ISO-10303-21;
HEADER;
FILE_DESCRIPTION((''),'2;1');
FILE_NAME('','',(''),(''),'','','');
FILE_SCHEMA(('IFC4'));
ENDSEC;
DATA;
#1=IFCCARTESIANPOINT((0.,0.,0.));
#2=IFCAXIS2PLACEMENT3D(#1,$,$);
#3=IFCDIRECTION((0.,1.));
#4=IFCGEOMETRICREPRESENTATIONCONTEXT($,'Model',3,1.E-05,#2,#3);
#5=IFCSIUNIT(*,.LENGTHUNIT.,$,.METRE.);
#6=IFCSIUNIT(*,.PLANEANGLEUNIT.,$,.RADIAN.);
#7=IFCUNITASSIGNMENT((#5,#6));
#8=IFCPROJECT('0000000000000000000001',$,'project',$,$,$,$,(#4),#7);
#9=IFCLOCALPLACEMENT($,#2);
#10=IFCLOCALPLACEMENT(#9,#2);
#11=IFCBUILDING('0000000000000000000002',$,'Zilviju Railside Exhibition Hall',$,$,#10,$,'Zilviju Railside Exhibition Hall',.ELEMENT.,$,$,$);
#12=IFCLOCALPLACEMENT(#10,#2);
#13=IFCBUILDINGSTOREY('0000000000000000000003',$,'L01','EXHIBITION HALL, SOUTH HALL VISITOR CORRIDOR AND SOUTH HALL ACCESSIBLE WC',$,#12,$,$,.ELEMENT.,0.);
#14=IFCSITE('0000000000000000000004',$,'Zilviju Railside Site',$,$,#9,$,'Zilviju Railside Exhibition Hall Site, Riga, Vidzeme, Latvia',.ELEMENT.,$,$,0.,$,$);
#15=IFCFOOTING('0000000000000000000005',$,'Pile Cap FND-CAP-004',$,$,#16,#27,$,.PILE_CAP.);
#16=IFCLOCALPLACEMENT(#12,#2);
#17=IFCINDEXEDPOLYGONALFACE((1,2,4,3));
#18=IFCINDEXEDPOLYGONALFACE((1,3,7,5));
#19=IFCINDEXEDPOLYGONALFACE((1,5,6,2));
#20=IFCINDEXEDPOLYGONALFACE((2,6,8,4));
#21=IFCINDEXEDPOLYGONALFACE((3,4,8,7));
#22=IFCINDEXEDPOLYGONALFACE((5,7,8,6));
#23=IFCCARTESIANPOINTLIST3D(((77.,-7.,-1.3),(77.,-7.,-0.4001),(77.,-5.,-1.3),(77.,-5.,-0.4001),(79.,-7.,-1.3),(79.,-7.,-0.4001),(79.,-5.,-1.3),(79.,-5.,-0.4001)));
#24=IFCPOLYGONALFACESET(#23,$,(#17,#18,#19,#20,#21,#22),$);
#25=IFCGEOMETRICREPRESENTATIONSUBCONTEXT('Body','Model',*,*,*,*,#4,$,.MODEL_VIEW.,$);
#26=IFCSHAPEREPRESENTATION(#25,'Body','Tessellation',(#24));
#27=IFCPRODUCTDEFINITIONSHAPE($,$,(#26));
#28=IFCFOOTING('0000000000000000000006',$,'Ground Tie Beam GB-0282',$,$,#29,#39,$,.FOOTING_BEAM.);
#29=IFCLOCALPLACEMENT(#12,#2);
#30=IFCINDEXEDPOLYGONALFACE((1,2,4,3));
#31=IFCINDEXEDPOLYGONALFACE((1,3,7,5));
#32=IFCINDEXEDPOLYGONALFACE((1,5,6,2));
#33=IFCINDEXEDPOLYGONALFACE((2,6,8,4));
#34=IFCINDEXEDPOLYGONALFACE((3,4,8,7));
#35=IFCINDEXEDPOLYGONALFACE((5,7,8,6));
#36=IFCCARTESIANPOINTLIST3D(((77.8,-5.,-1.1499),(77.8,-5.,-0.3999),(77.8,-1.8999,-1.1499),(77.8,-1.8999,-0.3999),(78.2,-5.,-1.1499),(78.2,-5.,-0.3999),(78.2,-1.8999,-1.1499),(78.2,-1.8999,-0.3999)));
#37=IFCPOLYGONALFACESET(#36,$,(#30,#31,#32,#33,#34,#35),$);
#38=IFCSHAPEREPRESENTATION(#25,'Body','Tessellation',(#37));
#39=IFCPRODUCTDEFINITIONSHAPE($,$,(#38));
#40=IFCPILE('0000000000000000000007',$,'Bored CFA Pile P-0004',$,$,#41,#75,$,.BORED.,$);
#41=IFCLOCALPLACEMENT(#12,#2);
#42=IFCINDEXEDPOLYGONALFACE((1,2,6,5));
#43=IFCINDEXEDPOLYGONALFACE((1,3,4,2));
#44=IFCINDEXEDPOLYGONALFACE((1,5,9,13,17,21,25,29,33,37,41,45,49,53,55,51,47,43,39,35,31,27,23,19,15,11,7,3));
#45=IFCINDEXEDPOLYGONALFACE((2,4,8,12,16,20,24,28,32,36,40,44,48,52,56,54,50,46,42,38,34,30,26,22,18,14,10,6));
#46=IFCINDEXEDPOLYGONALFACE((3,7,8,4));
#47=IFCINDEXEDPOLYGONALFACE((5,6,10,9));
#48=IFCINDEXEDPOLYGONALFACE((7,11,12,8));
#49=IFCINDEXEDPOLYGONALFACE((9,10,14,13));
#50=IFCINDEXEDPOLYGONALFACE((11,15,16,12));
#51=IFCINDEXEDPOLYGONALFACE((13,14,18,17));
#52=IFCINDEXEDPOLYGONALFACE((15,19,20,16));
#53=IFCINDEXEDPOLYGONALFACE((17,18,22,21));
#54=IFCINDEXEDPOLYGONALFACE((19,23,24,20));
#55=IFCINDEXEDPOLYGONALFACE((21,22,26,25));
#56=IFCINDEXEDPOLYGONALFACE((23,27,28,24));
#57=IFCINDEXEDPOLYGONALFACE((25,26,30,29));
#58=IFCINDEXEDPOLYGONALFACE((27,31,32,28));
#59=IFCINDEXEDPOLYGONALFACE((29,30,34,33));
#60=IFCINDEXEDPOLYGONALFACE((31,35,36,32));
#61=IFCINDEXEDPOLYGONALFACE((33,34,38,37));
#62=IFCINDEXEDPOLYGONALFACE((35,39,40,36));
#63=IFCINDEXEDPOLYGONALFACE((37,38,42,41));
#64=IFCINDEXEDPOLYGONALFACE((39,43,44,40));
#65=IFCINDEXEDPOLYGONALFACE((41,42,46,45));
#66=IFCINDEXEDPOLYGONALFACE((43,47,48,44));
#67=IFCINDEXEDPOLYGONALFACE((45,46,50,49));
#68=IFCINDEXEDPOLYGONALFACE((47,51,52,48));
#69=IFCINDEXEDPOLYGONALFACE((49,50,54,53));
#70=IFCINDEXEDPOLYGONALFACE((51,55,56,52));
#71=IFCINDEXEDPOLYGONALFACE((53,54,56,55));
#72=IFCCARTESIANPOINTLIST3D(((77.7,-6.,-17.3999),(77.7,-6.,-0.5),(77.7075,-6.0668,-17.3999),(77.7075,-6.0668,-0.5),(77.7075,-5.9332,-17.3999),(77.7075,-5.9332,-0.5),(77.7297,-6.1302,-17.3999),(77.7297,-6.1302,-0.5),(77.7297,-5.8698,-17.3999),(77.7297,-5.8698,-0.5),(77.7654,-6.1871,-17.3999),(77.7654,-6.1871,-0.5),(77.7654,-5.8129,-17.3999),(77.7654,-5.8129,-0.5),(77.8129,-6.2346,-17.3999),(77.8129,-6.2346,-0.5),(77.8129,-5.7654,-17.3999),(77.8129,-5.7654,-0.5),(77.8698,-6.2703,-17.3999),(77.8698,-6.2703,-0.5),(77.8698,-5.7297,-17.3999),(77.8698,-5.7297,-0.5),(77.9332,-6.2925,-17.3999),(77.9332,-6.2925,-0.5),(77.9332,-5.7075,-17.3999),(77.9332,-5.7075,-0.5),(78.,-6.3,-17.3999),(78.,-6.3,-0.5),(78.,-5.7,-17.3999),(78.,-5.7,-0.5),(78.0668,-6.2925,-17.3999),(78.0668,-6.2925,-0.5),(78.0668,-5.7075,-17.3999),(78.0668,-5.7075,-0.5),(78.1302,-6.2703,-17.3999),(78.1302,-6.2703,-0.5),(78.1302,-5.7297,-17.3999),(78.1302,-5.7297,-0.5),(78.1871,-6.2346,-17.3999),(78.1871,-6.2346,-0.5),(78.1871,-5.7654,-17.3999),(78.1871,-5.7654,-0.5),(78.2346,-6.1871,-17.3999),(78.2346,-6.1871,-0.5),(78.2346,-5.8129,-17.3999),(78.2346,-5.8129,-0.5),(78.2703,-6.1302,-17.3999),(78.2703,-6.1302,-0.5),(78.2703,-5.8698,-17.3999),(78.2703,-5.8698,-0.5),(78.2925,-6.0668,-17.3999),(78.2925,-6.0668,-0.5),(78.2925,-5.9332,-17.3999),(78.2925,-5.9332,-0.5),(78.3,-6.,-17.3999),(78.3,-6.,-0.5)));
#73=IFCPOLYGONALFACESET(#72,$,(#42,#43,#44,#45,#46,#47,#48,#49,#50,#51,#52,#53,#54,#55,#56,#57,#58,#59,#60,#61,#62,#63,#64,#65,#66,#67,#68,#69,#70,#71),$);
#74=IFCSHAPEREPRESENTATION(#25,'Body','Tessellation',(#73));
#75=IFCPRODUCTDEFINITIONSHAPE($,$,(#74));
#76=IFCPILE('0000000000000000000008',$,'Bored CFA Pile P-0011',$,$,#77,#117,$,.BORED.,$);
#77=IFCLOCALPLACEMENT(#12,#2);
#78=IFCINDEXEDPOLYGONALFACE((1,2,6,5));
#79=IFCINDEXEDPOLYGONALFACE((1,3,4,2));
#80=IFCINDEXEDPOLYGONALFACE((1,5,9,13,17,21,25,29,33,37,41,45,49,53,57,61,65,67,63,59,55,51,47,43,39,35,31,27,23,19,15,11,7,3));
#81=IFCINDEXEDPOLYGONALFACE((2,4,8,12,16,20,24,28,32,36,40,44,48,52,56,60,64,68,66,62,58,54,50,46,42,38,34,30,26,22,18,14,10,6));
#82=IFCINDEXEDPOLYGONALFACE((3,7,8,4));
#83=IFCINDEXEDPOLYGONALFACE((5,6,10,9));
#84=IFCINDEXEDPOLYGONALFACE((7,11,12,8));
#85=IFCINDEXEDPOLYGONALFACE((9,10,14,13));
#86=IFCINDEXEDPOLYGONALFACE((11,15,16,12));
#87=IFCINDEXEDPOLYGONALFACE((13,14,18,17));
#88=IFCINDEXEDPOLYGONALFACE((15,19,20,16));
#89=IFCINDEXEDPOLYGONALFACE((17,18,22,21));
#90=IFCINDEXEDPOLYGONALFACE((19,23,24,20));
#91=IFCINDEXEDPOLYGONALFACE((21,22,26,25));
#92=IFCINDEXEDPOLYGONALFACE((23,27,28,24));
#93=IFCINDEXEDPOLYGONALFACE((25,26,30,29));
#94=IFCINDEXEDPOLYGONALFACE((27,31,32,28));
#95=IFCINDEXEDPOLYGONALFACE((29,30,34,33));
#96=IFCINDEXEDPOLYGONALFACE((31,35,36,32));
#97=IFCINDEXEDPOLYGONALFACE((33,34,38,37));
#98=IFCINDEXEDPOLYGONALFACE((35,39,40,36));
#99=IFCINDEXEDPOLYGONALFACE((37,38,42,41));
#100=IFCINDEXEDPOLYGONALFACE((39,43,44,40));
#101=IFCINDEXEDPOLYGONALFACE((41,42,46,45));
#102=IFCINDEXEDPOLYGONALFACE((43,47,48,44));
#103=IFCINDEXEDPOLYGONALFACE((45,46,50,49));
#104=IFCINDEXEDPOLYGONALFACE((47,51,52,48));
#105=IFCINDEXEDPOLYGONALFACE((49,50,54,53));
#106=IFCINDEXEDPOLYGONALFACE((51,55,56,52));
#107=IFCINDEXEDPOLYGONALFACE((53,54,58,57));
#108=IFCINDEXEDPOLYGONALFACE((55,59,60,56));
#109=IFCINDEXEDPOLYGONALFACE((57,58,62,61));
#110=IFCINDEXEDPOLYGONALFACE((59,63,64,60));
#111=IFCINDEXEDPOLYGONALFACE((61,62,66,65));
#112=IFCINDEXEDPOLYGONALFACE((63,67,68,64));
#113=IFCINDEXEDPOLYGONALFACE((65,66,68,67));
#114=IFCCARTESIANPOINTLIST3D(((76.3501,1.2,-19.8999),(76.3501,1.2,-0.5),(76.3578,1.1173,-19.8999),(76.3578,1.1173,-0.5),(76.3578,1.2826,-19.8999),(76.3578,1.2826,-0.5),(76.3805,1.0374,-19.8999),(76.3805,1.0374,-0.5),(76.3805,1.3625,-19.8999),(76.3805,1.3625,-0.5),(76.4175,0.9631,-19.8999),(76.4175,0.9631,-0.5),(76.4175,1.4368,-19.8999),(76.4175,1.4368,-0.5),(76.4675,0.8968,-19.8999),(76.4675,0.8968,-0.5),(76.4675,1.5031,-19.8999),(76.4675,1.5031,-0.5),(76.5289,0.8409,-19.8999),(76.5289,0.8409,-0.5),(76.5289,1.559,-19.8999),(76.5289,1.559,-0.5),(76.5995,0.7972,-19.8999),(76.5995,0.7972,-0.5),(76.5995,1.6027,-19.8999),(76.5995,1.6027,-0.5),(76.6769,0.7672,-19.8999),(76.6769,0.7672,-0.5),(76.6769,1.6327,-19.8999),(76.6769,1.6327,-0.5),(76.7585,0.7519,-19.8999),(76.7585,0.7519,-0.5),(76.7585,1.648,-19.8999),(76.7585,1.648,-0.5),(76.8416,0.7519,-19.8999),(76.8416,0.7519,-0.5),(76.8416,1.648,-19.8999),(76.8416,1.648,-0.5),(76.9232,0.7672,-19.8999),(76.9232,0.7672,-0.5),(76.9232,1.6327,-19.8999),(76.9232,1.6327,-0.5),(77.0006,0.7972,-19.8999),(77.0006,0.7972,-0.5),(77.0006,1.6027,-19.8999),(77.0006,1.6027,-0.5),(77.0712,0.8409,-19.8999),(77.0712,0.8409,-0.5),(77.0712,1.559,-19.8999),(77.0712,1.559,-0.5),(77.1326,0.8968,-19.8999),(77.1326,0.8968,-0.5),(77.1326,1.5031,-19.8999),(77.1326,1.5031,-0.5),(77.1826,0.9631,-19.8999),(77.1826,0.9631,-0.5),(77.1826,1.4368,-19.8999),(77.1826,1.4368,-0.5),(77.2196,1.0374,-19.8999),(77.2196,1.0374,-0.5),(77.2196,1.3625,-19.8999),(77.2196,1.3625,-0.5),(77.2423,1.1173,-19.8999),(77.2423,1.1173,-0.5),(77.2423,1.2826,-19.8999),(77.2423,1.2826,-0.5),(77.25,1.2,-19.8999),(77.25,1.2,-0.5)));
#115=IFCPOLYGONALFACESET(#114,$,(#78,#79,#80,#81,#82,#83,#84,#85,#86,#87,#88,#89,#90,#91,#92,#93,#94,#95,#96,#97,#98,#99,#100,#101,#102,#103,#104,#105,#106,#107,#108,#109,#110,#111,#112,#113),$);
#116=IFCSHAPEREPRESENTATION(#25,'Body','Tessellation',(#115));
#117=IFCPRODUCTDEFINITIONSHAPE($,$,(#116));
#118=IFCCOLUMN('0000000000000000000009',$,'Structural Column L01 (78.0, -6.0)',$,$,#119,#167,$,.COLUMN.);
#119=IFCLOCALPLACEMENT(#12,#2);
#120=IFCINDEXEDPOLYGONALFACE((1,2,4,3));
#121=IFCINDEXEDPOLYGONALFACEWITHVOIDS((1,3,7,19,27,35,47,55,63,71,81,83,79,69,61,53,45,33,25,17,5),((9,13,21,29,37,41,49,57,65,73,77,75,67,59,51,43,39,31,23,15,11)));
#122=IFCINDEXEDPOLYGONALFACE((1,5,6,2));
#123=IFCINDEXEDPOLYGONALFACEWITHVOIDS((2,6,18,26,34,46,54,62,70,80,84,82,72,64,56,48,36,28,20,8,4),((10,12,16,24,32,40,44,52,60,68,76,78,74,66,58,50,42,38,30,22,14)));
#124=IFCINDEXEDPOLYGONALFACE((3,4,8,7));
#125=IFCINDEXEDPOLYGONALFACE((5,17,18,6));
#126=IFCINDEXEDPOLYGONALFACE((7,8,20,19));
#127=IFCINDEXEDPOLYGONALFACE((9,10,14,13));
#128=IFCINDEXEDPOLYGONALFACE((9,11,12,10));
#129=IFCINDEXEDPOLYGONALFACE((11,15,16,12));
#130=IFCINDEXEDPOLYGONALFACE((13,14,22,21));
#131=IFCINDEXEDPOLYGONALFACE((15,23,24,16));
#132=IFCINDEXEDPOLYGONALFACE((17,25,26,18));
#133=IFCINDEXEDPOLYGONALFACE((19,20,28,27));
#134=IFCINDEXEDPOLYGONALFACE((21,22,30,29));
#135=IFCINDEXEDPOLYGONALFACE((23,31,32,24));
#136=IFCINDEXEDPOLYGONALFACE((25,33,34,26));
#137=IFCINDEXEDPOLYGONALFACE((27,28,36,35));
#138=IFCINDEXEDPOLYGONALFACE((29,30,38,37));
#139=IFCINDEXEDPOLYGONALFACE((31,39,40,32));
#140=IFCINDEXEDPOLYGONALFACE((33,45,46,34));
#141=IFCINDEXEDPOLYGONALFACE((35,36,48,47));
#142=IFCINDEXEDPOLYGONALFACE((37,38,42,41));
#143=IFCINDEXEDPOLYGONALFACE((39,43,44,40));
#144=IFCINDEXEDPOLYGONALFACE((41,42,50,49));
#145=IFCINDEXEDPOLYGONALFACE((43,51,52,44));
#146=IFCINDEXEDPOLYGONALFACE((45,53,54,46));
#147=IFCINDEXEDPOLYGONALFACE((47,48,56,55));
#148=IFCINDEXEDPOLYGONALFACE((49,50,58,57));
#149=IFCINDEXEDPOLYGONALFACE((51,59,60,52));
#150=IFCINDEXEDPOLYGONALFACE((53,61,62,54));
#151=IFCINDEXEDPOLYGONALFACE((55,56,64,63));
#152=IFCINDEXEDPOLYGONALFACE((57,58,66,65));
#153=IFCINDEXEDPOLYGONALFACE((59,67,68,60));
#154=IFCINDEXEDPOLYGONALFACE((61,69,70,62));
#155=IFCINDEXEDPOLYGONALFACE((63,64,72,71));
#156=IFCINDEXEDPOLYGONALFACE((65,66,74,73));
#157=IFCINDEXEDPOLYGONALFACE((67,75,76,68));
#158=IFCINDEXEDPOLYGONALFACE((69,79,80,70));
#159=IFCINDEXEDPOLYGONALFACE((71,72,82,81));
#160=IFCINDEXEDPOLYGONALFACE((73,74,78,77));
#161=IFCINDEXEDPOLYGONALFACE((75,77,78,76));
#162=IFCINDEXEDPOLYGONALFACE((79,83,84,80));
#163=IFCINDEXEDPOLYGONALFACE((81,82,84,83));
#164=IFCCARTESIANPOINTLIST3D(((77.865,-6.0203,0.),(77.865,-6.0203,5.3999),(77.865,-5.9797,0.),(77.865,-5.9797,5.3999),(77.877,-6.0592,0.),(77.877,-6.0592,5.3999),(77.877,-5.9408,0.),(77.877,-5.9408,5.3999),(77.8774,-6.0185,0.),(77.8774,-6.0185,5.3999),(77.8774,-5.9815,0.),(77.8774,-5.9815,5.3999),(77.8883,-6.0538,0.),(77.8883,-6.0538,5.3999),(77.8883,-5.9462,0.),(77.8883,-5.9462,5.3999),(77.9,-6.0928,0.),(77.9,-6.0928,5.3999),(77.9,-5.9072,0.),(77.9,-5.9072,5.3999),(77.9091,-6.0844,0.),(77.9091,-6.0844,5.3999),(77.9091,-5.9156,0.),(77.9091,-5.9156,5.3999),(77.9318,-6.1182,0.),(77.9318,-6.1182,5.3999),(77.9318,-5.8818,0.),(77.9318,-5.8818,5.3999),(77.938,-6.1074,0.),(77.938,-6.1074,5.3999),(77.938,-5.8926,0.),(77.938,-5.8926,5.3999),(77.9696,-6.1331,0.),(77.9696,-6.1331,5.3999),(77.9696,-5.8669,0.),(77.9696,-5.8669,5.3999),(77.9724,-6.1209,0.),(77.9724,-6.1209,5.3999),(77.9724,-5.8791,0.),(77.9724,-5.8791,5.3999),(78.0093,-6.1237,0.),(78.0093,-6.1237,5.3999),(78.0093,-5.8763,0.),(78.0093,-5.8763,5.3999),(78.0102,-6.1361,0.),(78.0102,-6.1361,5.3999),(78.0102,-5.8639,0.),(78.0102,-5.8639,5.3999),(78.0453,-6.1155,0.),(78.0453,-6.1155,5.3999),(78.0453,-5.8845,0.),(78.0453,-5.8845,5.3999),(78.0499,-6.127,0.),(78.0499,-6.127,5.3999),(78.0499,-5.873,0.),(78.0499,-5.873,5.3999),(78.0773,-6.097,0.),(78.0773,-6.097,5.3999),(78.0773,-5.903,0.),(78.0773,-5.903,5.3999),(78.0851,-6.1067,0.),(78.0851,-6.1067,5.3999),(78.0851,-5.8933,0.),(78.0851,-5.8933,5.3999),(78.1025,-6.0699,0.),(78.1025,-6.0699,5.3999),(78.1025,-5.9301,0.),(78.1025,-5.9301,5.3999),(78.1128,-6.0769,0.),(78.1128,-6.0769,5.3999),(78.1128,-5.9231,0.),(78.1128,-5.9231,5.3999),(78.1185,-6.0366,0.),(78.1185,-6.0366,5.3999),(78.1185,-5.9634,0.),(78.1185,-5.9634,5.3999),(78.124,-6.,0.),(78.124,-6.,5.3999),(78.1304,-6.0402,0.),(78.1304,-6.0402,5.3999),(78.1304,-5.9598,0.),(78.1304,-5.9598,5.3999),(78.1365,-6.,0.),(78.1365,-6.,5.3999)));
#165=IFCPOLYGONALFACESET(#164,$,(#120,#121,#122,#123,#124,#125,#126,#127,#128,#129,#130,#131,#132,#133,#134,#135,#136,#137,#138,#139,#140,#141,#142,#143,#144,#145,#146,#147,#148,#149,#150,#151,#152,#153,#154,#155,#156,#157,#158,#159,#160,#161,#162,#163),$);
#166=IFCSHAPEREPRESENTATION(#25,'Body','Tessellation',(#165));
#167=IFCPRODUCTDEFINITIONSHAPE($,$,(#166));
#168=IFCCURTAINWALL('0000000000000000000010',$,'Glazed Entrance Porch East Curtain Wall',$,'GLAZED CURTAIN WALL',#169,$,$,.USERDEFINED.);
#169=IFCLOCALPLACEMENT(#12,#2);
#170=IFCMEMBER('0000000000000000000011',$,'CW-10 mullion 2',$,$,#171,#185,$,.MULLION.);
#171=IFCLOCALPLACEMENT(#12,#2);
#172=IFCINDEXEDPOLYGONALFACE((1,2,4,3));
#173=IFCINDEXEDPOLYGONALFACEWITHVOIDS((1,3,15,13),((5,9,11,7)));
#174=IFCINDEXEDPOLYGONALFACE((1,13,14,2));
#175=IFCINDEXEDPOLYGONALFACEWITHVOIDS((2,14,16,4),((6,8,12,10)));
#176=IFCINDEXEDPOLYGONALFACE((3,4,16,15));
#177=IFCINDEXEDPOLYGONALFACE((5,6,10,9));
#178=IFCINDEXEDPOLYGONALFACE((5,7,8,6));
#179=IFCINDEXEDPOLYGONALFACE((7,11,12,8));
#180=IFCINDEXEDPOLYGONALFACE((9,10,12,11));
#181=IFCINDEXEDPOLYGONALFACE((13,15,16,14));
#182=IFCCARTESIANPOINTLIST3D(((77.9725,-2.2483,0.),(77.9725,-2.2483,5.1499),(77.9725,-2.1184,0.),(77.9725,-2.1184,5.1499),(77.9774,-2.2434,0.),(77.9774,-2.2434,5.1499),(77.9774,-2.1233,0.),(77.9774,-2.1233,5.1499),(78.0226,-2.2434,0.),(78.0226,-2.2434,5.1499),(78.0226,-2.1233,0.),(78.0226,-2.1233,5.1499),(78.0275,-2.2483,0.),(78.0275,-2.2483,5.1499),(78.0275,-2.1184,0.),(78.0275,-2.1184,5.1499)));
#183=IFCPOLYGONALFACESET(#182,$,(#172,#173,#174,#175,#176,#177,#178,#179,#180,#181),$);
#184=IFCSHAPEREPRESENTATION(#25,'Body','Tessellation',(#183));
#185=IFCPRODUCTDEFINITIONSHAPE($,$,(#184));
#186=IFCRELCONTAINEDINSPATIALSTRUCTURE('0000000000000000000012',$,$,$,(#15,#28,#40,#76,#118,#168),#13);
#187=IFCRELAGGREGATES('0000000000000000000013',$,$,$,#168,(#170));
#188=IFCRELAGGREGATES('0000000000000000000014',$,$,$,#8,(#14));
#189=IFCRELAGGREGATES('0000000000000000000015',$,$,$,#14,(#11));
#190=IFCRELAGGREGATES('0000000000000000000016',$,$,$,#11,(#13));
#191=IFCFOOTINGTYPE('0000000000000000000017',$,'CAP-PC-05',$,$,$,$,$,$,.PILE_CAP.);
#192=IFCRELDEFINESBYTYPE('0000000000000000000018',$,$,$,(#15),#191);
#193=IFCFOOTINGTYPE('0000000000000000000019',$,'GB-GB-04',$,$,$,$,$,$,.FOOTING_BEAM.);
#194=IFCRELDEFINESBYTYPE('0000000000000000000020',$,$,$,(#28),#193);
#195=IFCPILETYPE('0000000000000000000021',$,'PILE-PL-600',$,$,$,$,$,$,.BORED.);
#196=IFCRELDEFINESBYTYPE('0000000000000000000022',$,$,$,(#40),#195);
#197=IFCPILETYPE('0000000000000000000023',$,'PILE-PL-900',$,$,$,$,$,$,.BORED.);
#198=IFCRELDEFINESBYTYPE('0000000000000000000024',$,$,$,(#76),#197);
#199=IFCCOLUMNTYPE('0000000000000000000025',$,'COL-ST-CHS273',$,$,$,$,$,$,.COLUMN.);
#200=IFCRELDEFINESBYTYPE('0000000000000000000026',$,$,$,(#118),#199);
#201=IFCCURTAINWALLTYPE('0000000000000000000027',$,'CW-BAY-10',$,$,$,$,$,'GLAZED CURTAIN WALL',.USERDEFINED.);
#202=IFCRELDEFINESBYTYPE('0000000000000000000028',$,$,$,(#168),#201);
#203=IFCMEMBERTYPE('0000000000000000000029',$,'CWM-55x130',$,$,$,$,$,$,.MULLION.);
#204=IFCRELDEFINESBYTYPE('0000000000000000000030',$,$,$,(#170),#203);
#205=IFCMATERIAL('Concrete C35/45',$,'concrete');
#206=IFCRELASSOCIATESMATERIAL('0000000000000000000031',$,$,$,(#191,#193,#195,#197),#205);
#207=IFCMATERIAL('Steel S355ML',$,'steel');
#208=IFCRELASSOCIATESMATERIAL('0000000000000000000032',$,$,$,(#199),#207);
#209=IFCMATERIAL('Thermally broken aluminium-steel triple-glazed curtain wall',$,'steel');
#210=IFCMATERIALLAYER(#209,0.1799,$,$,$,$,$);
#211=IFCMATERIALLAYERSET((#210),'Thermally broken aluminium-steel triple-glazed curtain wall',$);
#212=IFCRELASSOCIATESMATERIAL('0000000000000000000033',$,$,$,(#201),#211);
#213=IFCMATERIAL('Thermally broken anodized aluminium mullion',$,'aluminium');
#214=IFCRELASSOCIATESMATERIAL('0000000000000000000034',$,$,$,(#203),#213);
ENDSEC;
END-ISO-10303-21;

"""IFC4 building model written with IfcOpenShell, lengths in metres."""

from ifc_helpers import new_model, si_unit, direction, frame, origin, origin_2d, place, context, subcontext, project, spatial, rectangle, hollow_rectangle, circle, hollow_circle, extrude, material, layer, layer_set, material_profile, profile_set, type_object, element, aggregate, save


model = new_model("IFC4")

# Units and contexts
model_context = context("Model", 3, precision=1e-05, world=origin(), true_north=direction((0.0, 1.0)))
body_context = subcontext(model_context, "Body", "Model", "MODEL_VIEW")
ifc_project = project(units=[si_unit("LENGTHUNIT", "METRE"), si_unit("PLANEANGLEUNIT", "RADIAN")], contexts=[model_context])

# Site, building, storey
site_placement = place(None, origin())
site = spatial("IfcSite", under=ifc_project, at=site_placement, Name="Zilviju Railside Site", LongName="Zilviju Railside Exhibition Hall Site, Riga, Vidzeme, Latvia", CompositionType="ELEMENT", RefElevation=0.0)
building_placement = place(site_placement, origin())
building = spatial("IfcBuilding", under=site, at=building_placement, Name="Zilviju Railside Exhibition Hall", LongName="Zilviju Railside Exhibition Hall", CompositionType="ELEMENT")
storey_placement = place(building_placement, origin())
storey = spatial("IfcBuildingStorey", under=building, at=storey_placement, Name="L01", Description="EXHIBITION HALL, SOUTH HALL VISITOR CORRIDOR AND SOUTH HALL ACCESSIBLE WC", CompositionType="ELEMENT", Elevation=0.0)

# Footings
ifc_material_1 = material(Name="Concrete C35/45", Category="concrete")
footing_type_1 = type_object("IfcFootingType", Name="CAP-PC-05", PredefinedType="PILE_CAP", material=ifc_material_1)
footing_1_placement = place(storey_placement, frame((78.0, -6.0, -1.3), z_axis=(0.0, 0.0, 1.0), x_axis=(1.0, 0.0, 0.0)))
element("IfcFooting", 1, at=footing_1_placement, inside=storey, type_object=footing_type_1, Name="Pile Cap FND-CAP-004", PredefinedType="PILE_CAP", context=body_context, shape_type="SweptSolid", body=[
    extrude(rectangle(XDim=2.0, YDim=2.0, at=origin_2d()), origin(), (0.0, 0.0, 1.0), 0.8999),
])
ifc_material_profile_1 = material_profile(ifc_material_1, rectangle(XDim=0.3999, YDim=0.75, at=origin_2d()), Name="TIE BEAM 400x750")
ifc_profile_set_1 = profile_set([ifc_material_profile_1], Name="Concrete C35/45")
footing_type_2 = type_object("IfcFootingType", Name="GB-GB-04", PredefinedType="FOOTING_BEAM", material=ifc_profile_set_1)
footing_2_placement = place(storey_placement, frame((78.0, -5.0, -0.7749), z_axis=(0.0, 1.0, 0.0), x_axis=(-1.0, 0.0, 0.0)))
element("IfcFooting", 2, at=footing_2_placement, inside=storey, type_object=footing_type_2, Name="Ground Tie Beam GB-0282", PredefinedType="FOOTING_BEAM", context=body_context, shape_type="SweptSolid", body=[
    extrude(rectangle(XDim=0.3999, YDim=0.75, at=origin_2d()), origin(), (0.0, 0.0, 1.0), 3.1001),
])

# Piles
ifc_material_profile_2 = material_profile(ifc_material_1, circle(Radius=0.3, at=origin_2d()), Name="CFA PILE D600")
ifc_profile_set_2 = profile_set([ifc_material_profile_2], Name="Concrete C35/45")
pile_type_1 = type_object("IfcPileType", Name="PILE-PL-600", PredefinedType="BORED", material=ifc_profile_set_2)
pile_1_placement = place(storey_placement, frame((78.0, -6.0, -0.5), z_axis=(0.0, 0.0, -1.0), x_axis=(1.0, 0.0, 0.0)))
element("IfcPile", 3, at=pile_1_placement, inside=storey, type_object=pile_type_1, Name="Bored CFA Pile P-0004", PredefinedType="BORED", context=body_context, shape_type="SweptSolid", body=[
    extrude(circle(Radius=0.3, at=origin_2d()), origin(), (0.0, 0.0, 1.0), 16.8999),
])
ifc_material_profile_3 = material_profile(ifc_material_1, circle(Radius=0.45, at=origin_2d()), Name="CFA PILE D900")
ifc_profile_set_3 = profile_set([ifc_material_profile_3], Name="Concrete C35/45")
pile_type_2 = type_object("IfcPileType", Name="PILE-PL-900", PredefinedType="BORED", material=ifc_profile_set_3)
pile_2_placement = place(storey_placement, frame((76.8, 1.2, -0.5), z_axis=(0.0, 0.0, -1.0), x_axis=(1.0, 0.0, 0.0)))
element("IfcPile", 4, at=pile_2_placement, inside=storey, type_object=pile_type_2, Name="Bored CFA Pile P-0011", PredefinedType="BORED", context=body_context, shape_type="SweptSolid", body=[
    extrude(circle(Radius=0.45, at=origin_2d()), origin(), (0.0, 0.0, 1.0), 19.3999),
])

# Column
ifc_material_2 = material(Name="Steel S355ML", Category="steel")
ifc_material_profile_4 = material_profile(ifc_material_2, hollow_circle(Radius=0.1365, WallThickness=0.0125, at=origin_2d()), Name="CHS 273.0x12.5")
ifc_profile_set_4 = profile_set([ifc_material_profile_4], Name="Steel S355ML")
column_type = type_object("IfcColumnType", Name="COL-ST-CHS273", PredefinedType="COLUMN", material=ifc_profile_set_4)
column_placement = place(storey_placement, frame((78.0, -6.0, 0.0), z_axis=(0.0, 0.0, 1.0), x_axis=(1.0, 0.0, 0.0)))
element("IfcColumn", 5, at=column_placement, inside=storey, type_object=column_type, Name="Structural Column L01 (78.0, -6.0)", PredefinedType="COLUMN", context=body_context, shape_type="SweptSolid", body=[
    extrude(hollow_circle(Radius=0.1365, WallThickness=0.0125, at=origin_2d()), origin(), (0.0, 0.0, 1.0), 5.3999),
])

# Curtain wall, member
ifc_material_3 = material(Name="Thermally broken aluminium-steel triple-glazed curtain wall", Category="steel")
ifc_layer_1 = layer(ifc_material_3, 0.1799)
ifc_layer_set_1 = layer_set([ifc_layer_1], Name="Thermally broken aluminium-steel triple-glazed curtain wall")
curtain_wall_type_1 = type_object("IfcCurtainWallType", Name="CW-BAY-10", ElementType="GLAZED CURTAIN WALL", PredefinedType="USERDEFINED", material=ifc_layer_set_1)
curtain_wall_1_placement = place(storey_placement, origin())
curtain_wall_1 = element("IfcCurtainWall", 6, at=curtain_wall_1_placement, inside=storey, type_object=curtain_wall_type_1, Name="Glazed Entrance Porch East Curtain Wall", ObjectType="GLAZED CURTAIN WALL", PredefinedType="USERDEFINED")
ifc_material_4 = material(Name="Thermally broken anodized aluminium mullion", Category="aluminium")
ifc_material_profile_5 = material_profile(ifc_material_4, hollow_rectangle(XDim=0.0549, YDim=0.1299, WallThickness=0.0049, at=origin_2d()), Name="MULLION 130x55x5")
ifc_profile_set_5 = profile_set([ifc_material_profile_5], Name="Thermally broken anodized aluminium mullion")
member_type_1 = type_object("IfcMemberType", Name="CWM-55x130", PredefinedType="MULLION", material=ifc_profile_set_5)
member_1_placement = place(storey_placement, frame((78.0, -2.1833, 0.0), z_axis=(0.0, 0.0, 1.0), x_axis=(1.0, 0.0, 0.0)))
member_1 = element("IfcMember", 7, at=member_1_placement, type_object=member_type_1, Name="CW-10 mullion 2", PredefinedType="MULLION", context=body_context, shape_type="SweptSolid", body=[
    extrude(hollow_rectangle(XDim=0.0549, YDim=0.1299, WallThickness=0.0049, at=origin_2d()), origin(), (0.0, 0.0, 1.0), 5.1499),
])

aggregate(curtain_wall_1, [member_1])

save(model, "model.ifc")
